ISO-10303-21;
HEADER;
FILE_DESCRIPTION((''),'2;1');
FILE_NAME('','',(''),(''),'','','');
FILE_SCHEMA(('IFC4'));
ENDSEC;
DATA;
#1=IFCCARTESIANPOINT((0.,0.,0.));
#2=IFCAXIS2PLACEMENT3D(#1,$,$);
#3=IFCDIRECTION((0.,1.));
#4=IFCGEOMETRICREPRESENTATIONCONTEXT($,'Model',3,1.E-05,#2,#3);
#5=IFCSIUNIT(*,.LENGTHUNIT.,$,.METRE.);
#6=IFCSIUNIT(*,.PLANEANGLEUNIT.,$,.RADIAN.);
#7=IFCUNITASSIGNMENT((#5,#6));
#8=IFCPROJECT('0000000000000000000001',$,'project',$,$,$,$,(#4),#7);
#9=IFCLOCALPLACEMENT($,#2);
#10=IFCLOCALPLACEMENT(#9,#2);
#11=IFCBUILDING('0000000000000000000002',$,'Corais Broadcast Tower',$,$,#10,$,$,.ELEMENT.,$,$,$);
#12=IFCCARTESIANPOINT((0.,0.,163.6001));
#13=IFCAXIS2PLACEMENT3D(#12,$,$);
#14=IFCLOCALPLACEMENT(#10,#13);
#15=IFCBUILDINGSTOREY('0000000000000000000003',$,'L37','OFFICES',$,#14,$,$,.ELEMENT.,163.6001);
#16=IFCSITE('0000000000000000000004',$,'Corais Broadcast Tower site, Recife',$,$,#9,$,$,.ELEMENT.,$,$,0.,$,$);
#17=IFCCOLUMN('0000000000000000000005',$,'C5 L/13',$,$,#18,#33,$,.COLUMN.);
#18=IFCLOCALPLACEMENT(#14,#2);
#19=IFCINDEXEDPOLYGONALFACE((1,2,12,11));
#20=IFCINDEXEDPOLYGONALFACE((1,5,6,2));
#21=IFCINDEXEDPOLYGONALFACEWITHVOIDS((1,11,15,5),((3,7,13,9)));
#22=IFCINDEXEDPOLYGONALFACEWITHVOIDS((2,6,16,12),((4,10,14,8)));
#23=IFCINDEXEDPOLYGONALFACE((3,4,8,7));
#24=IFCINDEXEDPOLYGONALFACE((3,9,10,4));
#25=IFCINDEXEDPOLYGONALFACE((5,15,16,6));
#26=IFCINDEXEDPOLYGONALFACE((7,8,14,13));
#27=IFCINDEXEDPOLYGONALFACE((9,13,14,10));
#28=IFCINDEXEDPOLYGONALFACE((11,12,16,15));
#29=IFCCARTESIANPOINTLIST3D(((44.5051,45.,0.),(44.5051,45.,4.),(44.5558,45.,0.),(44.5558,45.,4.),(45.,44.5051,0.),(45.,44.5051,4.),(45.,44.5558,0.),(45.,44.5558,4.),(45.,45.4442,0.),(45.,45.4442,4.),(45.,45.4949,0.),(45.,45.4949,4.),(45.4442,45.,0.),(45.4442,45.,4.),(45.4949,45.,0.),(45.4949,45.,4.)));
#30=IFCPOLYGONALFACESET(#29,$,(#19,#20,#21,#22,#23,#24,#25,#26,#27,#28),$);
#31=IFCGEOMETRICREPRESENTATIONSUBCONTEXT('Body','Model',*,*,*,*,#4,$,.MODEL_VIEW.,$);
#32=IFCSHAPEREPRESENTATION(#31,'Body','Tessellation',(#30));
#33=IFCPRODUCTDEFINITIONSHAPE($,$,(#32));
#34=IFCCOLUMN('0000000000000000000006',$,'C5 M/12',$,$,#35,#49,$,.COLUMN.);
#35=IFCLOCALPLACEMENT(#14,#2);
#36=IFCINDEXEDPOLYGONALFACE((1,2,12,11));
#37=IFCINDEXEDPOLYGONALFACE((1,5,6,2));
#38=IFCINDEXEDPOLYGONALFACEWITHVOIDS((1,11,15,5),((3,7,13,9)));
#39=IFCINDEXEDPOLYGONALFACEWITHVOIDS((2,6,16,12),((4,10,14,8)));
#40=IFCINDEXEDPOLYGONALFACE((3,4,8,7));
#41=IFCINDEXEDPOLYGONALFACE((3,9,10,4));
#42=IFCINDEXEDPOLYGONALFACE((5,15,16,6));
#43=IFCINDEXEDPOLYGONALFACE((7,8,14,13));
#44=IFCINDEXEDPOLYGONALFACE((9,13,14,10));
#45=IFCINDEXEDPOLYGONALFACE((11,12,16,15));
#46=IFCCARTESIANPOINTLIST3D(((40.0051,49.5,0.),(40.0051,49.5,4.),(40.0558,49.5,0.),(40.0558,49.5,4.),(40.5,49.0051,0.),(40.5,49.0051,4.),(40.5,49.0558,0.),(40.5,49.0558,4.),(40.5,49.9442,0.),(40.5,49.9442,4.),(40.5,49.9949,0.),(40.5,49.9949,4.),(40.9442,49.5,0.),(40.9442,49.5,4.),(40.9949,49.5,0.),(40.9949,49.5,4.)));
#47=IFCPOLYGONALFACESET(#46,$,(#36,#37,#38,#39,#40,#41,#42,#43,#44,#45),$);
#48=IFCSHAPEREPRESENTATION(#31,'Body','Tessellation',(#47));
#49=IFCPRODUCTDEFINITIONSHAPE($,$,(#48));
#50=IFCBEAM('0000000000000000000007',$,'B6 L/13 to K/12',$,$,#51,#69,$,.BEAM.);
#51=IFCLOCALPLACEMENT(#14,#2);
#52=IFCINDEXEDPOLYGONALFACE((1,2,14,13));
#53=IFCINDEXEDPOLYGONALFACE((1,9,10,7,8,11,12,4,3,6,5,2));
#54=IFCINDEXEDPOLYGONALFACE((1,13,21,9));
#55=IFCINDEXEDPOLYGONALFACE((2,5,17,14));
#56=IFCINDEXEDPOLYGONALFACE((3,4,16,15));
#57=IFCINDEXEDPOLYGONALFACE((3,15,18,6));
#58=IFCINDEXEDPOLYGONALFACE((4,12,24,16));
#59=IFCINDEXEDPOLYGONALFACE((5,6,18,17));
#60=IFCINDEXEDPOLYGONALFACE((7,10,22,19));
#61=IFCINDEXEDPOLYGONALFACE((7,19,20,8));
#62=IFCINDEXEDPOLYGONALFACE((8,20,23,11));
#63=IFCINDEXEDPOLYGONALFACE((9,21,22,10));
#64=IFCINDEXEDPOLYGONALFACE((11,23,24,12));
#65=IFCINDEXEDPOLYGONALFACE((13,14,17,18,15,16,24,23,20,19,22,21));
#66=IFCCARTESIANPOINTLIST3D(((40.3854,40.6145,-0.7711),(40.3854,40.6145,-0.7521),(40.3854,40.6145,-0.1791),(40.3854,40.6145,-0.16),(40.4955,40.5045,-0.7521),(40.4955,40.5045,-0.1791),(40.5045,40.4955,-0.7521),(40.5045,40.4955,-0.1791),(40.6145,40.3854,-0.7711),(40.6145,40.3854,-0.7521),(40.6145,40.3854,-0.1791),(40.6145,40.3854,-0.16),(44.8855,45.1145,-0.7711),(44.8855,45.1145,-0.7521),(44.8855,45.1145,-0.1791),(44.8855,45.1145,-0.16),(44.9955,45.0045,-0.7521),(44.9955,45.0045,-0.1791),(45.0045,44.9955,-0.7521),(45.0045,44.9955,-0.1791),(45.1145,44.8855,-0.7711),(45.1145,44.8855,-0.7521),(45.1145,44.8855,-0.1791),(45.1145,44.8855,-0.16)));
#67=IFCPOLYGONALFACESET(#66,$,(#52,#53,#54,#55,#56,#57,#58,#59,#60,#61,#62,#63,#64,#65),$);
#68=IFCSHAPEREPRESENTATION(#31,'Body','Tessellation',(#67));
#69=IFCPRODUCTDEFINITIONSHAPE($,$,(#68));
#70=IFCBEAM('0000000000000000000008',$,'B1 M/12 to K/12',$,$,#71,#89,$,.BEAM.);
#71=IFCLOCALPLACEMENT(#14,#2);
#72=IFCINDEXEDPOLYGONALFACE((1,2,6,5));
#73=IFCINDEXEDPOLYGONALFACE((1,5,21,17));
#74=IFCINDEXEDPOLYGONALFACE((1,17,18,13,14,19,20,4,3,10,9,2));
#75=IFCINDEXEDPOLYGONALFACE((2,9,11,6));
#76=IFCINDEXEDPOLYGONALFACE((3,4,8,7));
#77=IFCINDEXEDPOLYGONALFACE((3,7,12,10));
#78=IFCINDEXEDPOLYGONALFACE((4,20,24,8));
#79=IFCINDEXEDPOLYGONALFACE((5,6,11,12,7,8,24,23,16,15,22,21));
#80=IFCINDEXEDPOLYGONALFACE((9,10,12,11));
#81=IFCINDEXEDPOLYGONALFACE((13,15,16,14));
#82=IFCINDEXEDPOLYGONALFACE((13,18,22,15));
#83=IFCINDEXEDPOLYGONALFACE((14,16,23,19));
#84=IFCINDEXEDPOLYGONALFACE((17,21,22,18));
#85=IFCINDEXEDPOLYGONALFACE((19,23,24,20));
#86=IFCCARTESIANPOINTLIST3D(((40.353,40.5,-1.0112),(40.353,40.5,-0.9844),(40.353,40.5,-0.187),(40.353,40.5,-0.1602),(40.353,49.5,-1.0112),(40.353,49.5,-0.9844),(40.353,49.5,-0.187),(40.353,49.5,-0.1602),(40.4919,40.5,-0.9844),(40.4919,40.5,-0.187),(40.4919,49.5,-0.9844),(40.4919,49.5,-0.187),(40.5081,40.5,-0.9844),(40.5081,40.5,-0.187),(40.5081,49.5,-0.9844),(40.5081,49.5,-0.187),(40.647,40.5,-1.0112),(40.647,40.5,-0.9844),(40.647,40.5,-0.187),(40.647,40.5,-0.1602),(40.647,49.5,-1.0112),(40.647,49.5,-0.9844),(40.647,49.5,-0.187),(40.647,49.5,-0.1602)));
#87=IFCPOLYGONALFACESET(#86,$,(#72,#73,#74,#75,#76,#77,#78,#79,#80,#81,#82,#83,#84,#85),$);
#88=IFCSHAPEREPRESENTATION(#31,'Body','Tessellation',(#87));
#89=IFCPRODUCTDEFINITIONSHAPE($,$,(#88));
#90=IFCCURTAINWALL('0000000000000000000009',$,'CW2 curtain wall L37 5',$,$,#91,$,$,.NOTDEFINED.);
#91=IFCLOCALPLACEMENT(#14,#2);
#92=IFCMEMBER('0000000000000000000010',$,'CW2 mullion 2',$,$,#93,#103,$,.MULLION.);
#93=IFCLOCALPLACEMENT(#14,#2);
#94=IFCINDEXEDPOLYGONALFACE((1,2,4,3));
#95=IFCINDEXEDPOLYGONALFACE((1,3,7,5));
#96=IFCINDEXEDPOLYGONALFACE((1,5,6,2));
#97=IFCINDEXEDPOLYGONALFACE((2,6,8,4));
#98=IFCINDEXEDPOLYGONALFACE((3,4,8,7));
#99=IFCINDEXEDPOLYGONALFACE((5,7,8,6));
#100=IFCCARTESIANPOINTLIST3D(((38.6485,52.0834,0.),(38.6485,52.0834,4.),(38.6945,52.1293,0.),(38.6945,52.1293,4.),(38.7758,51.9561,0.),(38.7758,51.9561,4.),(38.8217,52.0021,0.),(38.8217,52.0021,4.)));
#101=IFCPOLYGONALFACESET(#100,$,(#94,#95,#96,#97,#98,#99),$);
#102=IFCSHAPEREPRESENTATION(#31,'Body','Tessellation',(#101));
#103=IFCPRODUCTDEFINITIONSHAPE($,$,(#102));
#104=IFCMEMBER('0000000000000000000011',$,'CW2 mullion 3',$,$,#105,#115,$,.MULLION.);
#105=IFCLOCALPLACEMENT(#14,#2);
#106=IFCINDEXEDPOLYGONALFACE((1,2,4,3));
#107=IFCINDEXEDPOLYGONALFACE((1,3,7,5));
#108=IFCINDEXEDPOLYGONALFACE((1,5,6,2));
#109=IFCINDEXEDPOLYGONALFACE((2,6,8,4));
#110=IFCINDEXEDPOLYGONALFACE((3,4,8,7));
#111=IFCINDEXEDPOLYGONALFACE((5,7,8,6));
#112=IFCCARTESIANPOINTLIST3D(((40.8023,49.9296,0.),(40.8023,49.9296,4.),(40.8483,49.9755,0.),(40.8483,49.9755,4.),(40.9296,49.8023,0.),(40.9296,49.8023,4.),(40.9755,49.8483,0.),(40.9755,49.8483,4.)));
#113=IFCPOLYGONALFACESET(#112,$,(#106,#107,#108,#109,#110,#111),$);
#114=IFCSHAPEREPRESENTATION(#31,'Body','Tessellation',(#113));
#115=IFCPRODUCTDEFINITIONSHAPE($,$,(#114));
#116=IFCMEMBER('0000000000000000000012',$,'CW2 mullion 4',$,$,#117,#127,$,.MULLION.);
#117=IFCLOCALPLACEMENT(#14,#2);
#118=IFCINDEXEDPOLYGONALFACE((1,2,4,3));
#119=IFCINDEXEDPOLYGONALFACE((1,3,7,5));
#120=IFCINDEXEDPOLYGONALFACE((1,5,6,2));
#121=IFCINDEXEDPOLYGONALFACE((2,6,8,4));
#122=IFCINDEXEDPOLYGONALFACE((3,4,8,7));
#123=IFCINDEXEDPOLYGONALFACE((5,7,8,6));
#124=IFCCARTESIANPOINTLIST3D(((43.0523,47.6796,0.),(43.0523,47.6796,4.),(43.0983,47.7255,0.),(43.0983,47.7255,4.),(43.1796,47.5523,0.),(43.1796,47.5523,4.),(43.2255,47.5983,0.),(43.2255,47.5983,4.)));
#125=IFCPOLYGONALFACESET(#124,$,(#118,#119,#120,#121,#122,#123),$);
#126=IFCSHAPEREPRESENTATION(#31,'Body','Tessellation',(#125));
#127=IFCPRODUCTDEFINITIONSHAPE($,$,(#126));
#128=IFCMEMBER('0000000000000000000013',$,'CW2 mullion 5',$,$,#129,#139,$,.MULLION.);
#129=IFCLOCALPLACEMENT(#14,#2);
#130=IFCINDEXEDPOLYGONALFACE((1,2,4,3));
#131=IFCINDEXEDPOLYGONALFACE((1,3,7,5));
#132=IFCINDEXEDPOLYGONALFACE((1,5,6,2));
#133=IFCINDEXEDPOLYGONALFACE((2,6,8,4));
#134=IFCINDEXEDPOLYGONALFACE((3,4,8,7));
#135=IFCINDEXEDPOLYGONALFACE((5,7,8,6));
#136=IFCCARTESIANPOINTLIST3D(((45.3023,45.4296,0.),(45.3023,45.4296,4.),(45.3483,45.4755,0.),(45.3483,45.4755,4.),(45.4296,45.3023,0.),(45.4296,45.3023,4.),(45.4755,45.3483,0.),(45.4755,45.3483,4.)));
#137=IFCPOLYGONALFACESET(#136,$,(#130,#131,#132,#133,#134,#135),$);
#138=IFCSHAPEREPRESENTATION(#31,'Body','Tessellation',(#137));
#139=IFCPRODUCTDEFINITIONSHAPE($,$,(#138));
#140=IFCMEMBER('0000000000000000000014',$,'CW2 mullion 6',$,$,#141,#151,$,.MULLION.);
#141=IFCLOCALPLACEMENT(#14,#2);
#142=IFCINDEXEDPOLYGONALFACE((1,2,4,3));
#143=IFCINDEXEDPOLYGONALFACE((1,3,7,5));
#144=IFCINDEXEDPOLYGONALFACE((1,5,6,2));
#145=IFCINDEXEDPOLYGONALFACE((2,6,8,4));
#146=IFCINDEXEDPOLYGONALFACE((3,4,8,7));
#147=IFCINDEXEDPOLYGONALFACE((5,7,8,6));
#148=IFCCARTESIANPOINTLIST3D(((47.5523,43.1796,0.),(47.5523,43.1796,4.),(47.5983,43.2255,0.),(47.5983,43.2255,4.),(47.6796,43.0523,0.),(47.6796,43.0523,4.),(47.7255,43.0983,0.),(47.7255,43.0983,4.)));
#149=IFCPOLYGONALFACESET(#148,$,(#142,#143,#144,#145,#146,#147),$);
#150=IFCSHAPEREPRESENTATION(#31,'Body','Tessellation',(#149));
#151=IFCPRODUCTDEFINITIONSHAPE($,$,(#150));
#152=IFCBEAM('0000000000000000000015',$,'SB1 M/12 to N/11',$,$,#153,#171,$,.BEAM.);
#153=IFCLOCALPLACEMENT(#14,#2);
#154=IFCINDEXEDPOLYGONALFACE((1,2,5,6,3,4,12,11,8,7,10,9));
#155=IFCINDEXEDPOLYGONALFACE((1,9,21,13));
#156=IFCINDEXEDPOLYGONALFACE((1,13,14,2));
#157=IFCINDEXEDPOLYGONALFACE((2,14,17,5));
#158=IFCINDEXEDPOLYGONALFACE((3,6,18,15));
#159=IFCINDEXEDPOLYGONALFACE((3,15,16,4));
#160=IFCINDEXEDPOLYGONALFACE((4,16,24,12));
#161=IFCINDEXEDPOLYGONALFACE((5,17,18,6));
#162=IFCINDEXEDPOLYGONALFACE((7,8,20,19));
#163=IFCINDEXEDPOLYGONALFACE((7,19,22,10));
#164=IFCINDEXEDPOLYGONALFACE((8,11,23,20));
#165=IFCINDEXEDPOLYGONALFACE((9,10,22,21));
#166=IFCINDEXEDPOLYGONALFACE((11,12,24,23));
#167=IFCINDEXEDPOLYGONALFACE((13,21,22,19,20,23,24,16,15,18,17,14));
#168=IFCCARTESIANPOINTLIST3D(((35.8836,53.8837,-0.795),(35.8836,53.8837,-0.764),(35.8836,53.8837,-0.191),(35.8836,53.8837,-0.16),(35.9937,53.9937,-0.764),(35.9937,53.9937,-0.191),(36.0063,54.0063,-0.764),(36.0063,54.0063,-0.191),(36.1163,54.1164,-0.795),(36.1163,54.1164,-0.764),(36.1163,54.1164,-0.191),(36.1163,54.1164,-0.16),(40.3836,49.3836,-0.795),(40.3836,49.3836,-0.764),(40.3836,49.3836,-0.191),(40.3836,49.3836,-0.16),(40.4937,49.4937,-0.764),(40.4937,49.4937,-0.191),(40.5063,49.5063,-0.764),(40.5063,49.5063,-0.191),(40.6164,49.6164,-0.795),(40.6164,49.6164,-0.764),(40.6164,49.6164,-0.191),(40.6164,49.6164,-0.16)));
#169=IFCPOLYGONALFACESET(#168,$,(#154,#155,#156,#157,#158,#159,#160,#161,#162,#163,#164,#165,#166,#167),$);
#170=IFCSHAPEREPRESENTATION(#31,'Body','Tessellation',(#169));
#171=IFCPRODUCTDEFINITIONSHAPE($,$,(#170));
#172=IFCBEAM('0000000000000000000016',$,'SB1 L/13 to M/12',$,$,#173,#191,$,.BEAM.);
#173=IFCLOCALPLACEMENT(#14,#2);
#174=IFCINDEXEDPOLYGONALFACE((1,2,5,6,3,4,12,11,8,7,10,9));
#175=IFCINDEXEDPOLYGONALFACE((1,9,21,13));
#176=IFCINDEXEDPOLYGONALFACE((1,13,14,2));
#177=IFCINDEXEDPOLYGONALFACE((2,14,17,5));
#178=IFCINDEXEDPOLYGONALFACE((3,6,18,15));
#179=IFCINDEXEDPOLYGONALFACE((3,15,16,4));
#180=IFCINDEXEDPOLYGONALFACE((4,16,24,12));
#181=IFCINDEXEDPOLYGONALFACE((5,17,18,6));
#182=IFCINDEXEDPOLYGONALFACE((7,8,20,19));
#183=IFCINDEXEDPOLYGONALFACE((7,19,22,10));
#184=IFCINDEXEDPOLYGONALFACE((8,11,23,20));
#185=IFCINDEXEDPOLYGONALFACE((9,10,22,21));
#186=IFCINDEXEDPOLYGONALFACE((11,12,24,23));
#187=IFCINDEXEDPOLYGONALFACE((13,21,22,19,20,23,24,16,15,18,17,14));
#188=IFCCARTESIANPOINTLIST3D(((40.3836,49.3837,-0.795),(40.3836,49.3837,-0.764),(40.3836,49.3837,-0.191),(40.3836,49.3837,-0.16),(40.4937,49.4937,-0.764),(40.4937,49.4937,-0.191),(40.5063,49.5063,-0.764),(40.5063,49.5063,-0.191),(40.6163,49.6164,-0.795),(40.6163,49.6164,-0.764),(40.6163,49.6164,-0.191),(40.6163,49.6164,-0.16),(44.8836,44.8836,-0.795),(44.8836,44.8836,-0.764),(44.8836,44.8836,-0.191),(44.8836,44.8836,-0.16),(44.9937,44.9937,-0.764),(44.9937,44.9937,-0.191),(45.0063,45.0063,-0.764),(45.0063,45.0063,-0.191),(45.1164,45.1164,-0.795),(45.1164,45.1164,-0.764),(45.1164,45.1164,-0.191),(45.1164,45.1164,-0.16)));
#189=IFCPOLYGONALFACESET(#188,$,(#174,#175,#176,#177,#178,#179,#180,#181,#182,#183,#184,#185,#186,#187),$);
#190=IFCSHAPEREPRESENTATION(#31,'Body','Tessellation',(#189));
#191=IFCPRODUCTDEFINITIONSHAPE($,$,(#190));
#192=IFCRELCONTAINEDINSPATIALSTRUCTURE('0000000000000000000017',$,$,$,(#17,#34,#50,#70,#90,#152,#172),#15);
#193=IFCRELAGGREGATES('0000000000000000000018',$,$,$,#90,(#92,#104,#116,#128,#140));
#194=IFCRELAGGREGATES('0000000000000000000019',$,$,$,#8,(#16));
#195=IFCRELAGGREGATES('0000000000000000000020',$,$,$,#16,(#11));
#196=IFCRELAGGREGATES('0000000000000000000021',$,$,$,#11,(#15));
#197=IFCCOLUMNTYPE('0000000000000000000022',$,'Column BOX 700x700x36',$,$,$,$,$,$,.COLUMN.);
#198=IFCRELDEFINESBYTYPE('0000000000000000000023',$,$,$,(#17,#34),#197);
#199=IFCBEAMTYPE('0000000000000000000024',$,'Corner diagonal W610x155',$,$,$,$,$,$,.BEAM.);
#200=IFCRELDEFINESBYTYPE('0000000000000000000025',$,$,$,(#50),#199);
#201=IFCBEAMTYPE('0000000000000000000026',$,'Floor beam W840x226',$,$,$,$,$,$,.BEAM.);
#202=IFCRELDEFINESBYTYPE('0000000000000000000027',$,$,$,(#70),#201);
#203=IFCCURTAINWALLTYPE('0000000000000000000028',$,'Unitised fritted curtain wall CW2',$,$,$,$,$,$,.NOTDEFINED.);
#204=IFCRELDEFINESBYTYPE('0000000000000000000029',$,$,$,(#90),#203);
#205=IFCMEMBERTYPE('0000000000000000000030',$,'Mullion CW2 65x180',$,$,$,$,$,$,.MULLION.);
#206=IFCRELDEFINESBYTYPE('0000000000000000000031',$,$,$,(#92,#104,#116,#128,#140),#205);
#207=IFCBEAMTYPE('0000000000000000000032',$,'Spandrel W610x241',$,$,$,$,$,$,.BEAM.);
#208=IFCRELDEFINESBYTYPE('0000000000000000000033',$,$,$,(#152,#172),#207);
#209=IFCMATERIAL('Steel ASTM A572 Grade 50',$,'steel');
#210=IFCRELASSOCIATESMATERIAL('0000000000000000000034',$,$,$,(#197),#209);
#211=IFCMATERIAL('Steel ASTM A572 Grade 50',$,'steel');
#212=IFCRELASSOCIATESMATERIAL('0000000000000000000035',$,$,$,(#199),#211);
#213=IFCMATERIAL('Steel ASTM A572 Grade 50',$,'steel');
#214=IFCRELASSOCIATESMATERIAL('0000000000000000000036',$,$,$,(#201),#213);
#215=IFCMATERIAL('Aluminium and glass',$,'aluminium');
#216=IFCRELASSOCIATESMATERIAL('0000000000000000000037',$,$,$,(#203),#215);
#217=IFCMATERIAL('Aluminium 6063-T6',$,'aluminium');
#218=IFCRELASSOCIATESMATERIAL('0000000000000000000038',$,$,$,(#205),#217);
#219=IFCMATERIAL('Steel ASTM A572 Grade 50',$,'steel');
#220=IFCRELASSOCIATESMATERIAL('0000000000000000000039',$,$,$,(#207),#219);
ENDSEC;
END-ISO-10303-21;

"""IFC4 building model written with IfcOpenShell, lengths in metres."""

from ifc_helpers import new_model, si_unit, direction, frame, origin, origin_2d, place, context, subcontext, project, spatial, rectangle, hollow_rectangle, i_section, extrude, material, material_profile, profile_set, type_object, element, aggregate, save


model = new_model("IFC4")

# Units and contexts
model_context = context("Model", 3, precision=1e-05, world=origin(), true_north=direction((0.0, 1.0)))
body_context = subcontext(model_context, "Body", "Model", "MODEL_VIEW")
ifc_project = project(units=[si_unit("LENGTHUNIT", "METRE"), si_unit("PLANEANGLEUNIT", "RADIAN")], contexts=[model_context])

# Site, building, storey
site_placement = place(None, origin())
site = spatial("IfcSite", under=ifc_project, at=site_placement, Name="Corais Broadcast Tower site, Recife", CompositionType="ELEMENT", RefElevation=0.0)
building_placement = place(site_placement, origin())
building = spatial("IfcBuilding", under=site, at=building_placement, Name="Corais Broadcast Tower", CompositionType="ELEMENT")
storey_placement = place(building_placement, frame((0.0, 0.0, 163.6001)))
storey = spatial("IfcBuildingStorey", under=building, at=storey_placement, Name="L37", Description="OFFICES", CompositionType="ELEMENT", Elevation=163.6001)

# Columns
ifc_material_1 = material(Name="Steel ASTM A572 Grade 50", Category="steel")
ifc_material_profile_1 = material_profile(ifc_material_1, hollow_rectangle(XDim=0.7, YDim=0.7, WallThickness=0.0359, at=origin_2d()), Name="BOX 700x700x36")
ifc_profile_set_1 = profile_set([ifc_material_profile_1], Name="Steel ASTM A572 Grade 50")
column_type = type_object("IfcColumnType", Name="Column BOX 700x700x36", PredefinedType="COLUMN", material=ifc_profile_set_1)
for number, where, z_axis, x_axis, name in (
    (1, (45.0, 45.0, 0.0), (0.0, 0.0, 1.0), (0.707107, 0.707107, 0.0), "C5 L/13"),
    (2, (40.5, 49.5, 0.0), (0.0, 0.0, 1.0), (0.707107, 0.707107, 0.0), "C5 M/12"),
):
    element("IfcColumn", number, at=place(storey_placement, frame(where, z_axis=z_axis, x_axis=x_axis)), inside=storey, type_object=column_type, Name=name, PredefinedType="COLUMN", context=body_context, shape_type="SweptSolid", body=[
        extrude(hollow_rectangle(XDim=0.7, YDim=0.7, WallThickness=0.0359, at=origin_2d()), origin(), (0.0, 0.0, 1.0), 4.0),
    ])

# Beams
ifc_material_2 = material(Name="Steel ASTM A572 Grade 50", Category="steel")
ifc_material_profile_2 = material_profile(ifc_material_2, i_section(OverallWidth=0.324, OverallDepth=0.6111, WebThickness=0.0127, FlangeThickness=0.019, at=origin_2d()), Name="W610x155")
ifc_profile_set_2 = profile_set([ifc_material_profile_2], Name="Steel ASTM A572 Grade 50")
beam_type_1 = type_object("IfcBeamType", Name="Corner diagonal W610x155", PredefinedType="BEAM", material=ifc_profile_set_2)
beam_1_placement = place(storey_placement, frame((45.0, 45.0, -0.4656), z_axis=(-0.707107, -0.707107, 0.0), x_axis=(0.707107, -0.707107, 0.0)))
element("IfcBeam", 3, at=beam_1_placement, inside=storey, type_object=beam_type_1, Name="B6 L/13 to K/12", PredefinedType="BEAM", context=body_context, shape_type="SweptSolid", body=[
    extrude(i_section(OverallWidth=0.324, OverallDepth=0.6111, WebThickness=0.0127, FlangeThickness=0.019, at=origin_2d()), origin(), (0.0, 0.0, 1.0), 6.364),
])
ifc_material_3 = material(Name="Steel ASTM A572 Grade 50", Category="steel")
ifc_material_profile_3 = material_profile(ifc_material_3, i_section(OverallWidth=0.2939, OverallDepth=0.8511, WebThickness=0.0161, FlangeThickness=0.0269, at=origin_2d()), Name="W840x226")
ifc_profile_set_3 = profile_set([ifc_material_profile_3], Name="Steel ASTM A572 Grade 50")
beam_type_2 = type_object("IfcBeamType", Name="Floor beam W840x226", PredefinedType="BEAM", material=ifc_profile_set_3)
beam_2_placement = place(storey_placement, frame((40.5, 49.5, -0.5857), z_axis=(0.0, -1.0, 0.0), x_axis=(1.0, 0.0, 0.0)))
element("IfcBeam", 4, at=beam_2_placement, inside=storey, type_object=beam_type_2, Name="B1 M/12 to K/12", PredefinedType="BEAM", context=body_context, shape_type="SweptSolid", body=[
    extrude(i_section(OverallWidth=0.2939, OverallDepth=0.8511, WebThickness=0.0161, FlangeThickness=0.0269, at=origin_2d()), origin(), (0.0, 0.0, 1.0), 9.0),
])

# Curtain wall, members
ifc_material_4 = material(Name="Aluminium and glass", Category="aluminium")
curtain_wall_type = type_object("IfcCurtainWallType", Name="Unitised fritted curtain wall CW2", PredefinedType="NOTDEFINED", material=ifc_material_4)
curtain_wall_placement = place(storey_placement, origin())
curtain_wall = element("IfcCurtainWall", 5, at=curtain_wall_placement, inside=storey, type_object=curtain_wall_type, Name="CW2 curtain wall L37 5", PredefinedType="NOTDEFINED")
ifc_material_5 = material(Name="Aluminium 6063-T6", Category="aluminium")
ifc_material_profile_4 = material_profile(ifc_material_5, rectangle(XDim=0.0649, YDim=0.1799, at=origin_2d()), Name="Mullion CW2 65x180")
ifc_profile_set_4 = profile_set([ifc_material_profile_4], Name="Aluminium 6063-T6")
member_type_1 = type_object("IfcMemberType", Name="Mullion CW2 65x180", PredefinedType="MULLION", material=ifc_profile_set_4)
member_1_placement = place(storey_placement, frame((38.7351, 52.0427, 0.0), z_axis=(0.0, 0.0, 1.0), x_axis=(0.707107, 0.707107, 0.0)))
member_1 = element("IfcMember", 6, at=member_1_placement, type_object=member_type_1, Name="CW2 mullion 2", PredefinedType="MULLION", context=body_context, shape_type="SweptSolid", body=[
    extrude(rectangle(XDim=0.0649, YDim=0.1799, at=origin_2d()), origin(), (0.0, 0.0, 1.0), 4.0),
])
member_2_placement = place(storey_placement, frame((40.8889, 49.8889, 0.0), z_axis=(0.0, 0.0, 1.0), x_axis=(0.707107, 0.707107, 0.0)))
member_2 = element("IfcMember", 7, at=member_2_placement, type_object=member_type_1, Name="CW2 mullion 3", PredefinedType="MULLION", context=body_context, shape_type="SweptSolid", body=[
    extrude(rectangle(XDim=0.0649, YDim=0.1799, at=origin_2d()), origin(), (0.0, 0.0, 1.0), 4.0),
])
member_3_placement = place(storey_placement, frame((43.1389, 47.6389, 0.0), z_axis=(0.0, 0.0, 1.0), x_axis=(0.707107, 0.707107, 0.0)))
member_3 = element("IfcMember", 8, at=member_3_placement, type_object=member_type_1, Name="CW2 mullion 4", PredefinedType="MULLION", context=body_context, shape_type="SweptSolid", body=[
    extrude(rectangle(XDim=0.0649, YDim=0.1799, at=origin_2d()), origin(), (0.0, 0.0, 1.0), 4.0),
])
member_4_placement = place(storey_placement, frame((45.3889, 45.3889, 0.0), z_axis=(0.0, 0.0, 1.0), x_axis=(0.707107, 0.707107, 0.0)))
member_4 = element("IfcMember", 9, at=member_4_placement, type_object=member_type_1, Name="CW2 mullion 5", PredefinedType="MULLION", context=body_context, shape_type="SweptSolid", body=[
    extrude(rectangle(XDim=0.0649, YDim=0.1799, at=origin_2d()), origin(), (0.0, 0.0, 1.0), 4.0),
])
member_5_placement = place(storey_placement, frame((47.6389, 43.1389, 0.0), z_axis=(0.0, 0.0, 1.0), x_axis=(0.707107, 0.707107, 0.0)))
member_5 = element("IfcMember", 10, at=member_5_placement, type_object=member_type_1, Name="CW2 mullion 6", PredefinedType="MULLION", context=body_context, shape_type="SweptSolid", body=[
    extrude(rectangle(XDim=0.0649, YDim=0.1799, at=origin_2d()), origin(), (0.0, 0.0, 1.0), 4.0),
])

# Beams
ifc_material_6 = material(Name="Steel ASTM A572 Grade 50", Category="steel")
ifc_material_profile_5 = material_profile(ifc_material_6, i_section(OverallWidth=0.3291, OverallDepth=0.635, WebThickness=0.0178, FlangeThickness=0.031, at=origin_2d()), Name="W610x241")
ifc_profile_set_5 = profile_set([ifc_material_profile_5], Name="Steel ASTM A572 Grade 50")
beam_type_3 = type_object("IfcBeamType", Name="Spandrel W610x241", PredefinedType="BEAM", material=ifc_profile_set_5)
for number, where, z_axis, x_axis, name in (
    (11, (40.5, 49.5, -0.4775), (-0.707107, 0.707107, 0.0), (-0.707107, -0.707107, 0.0), "SB1 M/12 to N/11"),
    (12, (45.0, 45.0, -0.4775), (-0.707107, 0.707107, 0.0), (-0.707107, -0.707107, 0.0), "SB1 L/13 to M/12"),
):
    element("IfcBeam", number, at=place(storey_placement, frame(where, z_axis=z_axis, x_axis=x_axis)), inside=storey, type_object=beam_type_3, Name=name, PredefinedType="BEAM", context=body_context, shape_type="SweptSolid", body=[
        extrude(i_section(OverallWidth=0.3291, OverallDepth=0.635, WebThickness=0.0178, FlangeThickness=0.031, at=origin_2d()), origin(), (0.0, 0.0, 1.0), 6.364),
    ])

aggregate(curtain_wall, [member_1, member_2, member_3, member_4, member_5])

save(model, "model.ifc")
